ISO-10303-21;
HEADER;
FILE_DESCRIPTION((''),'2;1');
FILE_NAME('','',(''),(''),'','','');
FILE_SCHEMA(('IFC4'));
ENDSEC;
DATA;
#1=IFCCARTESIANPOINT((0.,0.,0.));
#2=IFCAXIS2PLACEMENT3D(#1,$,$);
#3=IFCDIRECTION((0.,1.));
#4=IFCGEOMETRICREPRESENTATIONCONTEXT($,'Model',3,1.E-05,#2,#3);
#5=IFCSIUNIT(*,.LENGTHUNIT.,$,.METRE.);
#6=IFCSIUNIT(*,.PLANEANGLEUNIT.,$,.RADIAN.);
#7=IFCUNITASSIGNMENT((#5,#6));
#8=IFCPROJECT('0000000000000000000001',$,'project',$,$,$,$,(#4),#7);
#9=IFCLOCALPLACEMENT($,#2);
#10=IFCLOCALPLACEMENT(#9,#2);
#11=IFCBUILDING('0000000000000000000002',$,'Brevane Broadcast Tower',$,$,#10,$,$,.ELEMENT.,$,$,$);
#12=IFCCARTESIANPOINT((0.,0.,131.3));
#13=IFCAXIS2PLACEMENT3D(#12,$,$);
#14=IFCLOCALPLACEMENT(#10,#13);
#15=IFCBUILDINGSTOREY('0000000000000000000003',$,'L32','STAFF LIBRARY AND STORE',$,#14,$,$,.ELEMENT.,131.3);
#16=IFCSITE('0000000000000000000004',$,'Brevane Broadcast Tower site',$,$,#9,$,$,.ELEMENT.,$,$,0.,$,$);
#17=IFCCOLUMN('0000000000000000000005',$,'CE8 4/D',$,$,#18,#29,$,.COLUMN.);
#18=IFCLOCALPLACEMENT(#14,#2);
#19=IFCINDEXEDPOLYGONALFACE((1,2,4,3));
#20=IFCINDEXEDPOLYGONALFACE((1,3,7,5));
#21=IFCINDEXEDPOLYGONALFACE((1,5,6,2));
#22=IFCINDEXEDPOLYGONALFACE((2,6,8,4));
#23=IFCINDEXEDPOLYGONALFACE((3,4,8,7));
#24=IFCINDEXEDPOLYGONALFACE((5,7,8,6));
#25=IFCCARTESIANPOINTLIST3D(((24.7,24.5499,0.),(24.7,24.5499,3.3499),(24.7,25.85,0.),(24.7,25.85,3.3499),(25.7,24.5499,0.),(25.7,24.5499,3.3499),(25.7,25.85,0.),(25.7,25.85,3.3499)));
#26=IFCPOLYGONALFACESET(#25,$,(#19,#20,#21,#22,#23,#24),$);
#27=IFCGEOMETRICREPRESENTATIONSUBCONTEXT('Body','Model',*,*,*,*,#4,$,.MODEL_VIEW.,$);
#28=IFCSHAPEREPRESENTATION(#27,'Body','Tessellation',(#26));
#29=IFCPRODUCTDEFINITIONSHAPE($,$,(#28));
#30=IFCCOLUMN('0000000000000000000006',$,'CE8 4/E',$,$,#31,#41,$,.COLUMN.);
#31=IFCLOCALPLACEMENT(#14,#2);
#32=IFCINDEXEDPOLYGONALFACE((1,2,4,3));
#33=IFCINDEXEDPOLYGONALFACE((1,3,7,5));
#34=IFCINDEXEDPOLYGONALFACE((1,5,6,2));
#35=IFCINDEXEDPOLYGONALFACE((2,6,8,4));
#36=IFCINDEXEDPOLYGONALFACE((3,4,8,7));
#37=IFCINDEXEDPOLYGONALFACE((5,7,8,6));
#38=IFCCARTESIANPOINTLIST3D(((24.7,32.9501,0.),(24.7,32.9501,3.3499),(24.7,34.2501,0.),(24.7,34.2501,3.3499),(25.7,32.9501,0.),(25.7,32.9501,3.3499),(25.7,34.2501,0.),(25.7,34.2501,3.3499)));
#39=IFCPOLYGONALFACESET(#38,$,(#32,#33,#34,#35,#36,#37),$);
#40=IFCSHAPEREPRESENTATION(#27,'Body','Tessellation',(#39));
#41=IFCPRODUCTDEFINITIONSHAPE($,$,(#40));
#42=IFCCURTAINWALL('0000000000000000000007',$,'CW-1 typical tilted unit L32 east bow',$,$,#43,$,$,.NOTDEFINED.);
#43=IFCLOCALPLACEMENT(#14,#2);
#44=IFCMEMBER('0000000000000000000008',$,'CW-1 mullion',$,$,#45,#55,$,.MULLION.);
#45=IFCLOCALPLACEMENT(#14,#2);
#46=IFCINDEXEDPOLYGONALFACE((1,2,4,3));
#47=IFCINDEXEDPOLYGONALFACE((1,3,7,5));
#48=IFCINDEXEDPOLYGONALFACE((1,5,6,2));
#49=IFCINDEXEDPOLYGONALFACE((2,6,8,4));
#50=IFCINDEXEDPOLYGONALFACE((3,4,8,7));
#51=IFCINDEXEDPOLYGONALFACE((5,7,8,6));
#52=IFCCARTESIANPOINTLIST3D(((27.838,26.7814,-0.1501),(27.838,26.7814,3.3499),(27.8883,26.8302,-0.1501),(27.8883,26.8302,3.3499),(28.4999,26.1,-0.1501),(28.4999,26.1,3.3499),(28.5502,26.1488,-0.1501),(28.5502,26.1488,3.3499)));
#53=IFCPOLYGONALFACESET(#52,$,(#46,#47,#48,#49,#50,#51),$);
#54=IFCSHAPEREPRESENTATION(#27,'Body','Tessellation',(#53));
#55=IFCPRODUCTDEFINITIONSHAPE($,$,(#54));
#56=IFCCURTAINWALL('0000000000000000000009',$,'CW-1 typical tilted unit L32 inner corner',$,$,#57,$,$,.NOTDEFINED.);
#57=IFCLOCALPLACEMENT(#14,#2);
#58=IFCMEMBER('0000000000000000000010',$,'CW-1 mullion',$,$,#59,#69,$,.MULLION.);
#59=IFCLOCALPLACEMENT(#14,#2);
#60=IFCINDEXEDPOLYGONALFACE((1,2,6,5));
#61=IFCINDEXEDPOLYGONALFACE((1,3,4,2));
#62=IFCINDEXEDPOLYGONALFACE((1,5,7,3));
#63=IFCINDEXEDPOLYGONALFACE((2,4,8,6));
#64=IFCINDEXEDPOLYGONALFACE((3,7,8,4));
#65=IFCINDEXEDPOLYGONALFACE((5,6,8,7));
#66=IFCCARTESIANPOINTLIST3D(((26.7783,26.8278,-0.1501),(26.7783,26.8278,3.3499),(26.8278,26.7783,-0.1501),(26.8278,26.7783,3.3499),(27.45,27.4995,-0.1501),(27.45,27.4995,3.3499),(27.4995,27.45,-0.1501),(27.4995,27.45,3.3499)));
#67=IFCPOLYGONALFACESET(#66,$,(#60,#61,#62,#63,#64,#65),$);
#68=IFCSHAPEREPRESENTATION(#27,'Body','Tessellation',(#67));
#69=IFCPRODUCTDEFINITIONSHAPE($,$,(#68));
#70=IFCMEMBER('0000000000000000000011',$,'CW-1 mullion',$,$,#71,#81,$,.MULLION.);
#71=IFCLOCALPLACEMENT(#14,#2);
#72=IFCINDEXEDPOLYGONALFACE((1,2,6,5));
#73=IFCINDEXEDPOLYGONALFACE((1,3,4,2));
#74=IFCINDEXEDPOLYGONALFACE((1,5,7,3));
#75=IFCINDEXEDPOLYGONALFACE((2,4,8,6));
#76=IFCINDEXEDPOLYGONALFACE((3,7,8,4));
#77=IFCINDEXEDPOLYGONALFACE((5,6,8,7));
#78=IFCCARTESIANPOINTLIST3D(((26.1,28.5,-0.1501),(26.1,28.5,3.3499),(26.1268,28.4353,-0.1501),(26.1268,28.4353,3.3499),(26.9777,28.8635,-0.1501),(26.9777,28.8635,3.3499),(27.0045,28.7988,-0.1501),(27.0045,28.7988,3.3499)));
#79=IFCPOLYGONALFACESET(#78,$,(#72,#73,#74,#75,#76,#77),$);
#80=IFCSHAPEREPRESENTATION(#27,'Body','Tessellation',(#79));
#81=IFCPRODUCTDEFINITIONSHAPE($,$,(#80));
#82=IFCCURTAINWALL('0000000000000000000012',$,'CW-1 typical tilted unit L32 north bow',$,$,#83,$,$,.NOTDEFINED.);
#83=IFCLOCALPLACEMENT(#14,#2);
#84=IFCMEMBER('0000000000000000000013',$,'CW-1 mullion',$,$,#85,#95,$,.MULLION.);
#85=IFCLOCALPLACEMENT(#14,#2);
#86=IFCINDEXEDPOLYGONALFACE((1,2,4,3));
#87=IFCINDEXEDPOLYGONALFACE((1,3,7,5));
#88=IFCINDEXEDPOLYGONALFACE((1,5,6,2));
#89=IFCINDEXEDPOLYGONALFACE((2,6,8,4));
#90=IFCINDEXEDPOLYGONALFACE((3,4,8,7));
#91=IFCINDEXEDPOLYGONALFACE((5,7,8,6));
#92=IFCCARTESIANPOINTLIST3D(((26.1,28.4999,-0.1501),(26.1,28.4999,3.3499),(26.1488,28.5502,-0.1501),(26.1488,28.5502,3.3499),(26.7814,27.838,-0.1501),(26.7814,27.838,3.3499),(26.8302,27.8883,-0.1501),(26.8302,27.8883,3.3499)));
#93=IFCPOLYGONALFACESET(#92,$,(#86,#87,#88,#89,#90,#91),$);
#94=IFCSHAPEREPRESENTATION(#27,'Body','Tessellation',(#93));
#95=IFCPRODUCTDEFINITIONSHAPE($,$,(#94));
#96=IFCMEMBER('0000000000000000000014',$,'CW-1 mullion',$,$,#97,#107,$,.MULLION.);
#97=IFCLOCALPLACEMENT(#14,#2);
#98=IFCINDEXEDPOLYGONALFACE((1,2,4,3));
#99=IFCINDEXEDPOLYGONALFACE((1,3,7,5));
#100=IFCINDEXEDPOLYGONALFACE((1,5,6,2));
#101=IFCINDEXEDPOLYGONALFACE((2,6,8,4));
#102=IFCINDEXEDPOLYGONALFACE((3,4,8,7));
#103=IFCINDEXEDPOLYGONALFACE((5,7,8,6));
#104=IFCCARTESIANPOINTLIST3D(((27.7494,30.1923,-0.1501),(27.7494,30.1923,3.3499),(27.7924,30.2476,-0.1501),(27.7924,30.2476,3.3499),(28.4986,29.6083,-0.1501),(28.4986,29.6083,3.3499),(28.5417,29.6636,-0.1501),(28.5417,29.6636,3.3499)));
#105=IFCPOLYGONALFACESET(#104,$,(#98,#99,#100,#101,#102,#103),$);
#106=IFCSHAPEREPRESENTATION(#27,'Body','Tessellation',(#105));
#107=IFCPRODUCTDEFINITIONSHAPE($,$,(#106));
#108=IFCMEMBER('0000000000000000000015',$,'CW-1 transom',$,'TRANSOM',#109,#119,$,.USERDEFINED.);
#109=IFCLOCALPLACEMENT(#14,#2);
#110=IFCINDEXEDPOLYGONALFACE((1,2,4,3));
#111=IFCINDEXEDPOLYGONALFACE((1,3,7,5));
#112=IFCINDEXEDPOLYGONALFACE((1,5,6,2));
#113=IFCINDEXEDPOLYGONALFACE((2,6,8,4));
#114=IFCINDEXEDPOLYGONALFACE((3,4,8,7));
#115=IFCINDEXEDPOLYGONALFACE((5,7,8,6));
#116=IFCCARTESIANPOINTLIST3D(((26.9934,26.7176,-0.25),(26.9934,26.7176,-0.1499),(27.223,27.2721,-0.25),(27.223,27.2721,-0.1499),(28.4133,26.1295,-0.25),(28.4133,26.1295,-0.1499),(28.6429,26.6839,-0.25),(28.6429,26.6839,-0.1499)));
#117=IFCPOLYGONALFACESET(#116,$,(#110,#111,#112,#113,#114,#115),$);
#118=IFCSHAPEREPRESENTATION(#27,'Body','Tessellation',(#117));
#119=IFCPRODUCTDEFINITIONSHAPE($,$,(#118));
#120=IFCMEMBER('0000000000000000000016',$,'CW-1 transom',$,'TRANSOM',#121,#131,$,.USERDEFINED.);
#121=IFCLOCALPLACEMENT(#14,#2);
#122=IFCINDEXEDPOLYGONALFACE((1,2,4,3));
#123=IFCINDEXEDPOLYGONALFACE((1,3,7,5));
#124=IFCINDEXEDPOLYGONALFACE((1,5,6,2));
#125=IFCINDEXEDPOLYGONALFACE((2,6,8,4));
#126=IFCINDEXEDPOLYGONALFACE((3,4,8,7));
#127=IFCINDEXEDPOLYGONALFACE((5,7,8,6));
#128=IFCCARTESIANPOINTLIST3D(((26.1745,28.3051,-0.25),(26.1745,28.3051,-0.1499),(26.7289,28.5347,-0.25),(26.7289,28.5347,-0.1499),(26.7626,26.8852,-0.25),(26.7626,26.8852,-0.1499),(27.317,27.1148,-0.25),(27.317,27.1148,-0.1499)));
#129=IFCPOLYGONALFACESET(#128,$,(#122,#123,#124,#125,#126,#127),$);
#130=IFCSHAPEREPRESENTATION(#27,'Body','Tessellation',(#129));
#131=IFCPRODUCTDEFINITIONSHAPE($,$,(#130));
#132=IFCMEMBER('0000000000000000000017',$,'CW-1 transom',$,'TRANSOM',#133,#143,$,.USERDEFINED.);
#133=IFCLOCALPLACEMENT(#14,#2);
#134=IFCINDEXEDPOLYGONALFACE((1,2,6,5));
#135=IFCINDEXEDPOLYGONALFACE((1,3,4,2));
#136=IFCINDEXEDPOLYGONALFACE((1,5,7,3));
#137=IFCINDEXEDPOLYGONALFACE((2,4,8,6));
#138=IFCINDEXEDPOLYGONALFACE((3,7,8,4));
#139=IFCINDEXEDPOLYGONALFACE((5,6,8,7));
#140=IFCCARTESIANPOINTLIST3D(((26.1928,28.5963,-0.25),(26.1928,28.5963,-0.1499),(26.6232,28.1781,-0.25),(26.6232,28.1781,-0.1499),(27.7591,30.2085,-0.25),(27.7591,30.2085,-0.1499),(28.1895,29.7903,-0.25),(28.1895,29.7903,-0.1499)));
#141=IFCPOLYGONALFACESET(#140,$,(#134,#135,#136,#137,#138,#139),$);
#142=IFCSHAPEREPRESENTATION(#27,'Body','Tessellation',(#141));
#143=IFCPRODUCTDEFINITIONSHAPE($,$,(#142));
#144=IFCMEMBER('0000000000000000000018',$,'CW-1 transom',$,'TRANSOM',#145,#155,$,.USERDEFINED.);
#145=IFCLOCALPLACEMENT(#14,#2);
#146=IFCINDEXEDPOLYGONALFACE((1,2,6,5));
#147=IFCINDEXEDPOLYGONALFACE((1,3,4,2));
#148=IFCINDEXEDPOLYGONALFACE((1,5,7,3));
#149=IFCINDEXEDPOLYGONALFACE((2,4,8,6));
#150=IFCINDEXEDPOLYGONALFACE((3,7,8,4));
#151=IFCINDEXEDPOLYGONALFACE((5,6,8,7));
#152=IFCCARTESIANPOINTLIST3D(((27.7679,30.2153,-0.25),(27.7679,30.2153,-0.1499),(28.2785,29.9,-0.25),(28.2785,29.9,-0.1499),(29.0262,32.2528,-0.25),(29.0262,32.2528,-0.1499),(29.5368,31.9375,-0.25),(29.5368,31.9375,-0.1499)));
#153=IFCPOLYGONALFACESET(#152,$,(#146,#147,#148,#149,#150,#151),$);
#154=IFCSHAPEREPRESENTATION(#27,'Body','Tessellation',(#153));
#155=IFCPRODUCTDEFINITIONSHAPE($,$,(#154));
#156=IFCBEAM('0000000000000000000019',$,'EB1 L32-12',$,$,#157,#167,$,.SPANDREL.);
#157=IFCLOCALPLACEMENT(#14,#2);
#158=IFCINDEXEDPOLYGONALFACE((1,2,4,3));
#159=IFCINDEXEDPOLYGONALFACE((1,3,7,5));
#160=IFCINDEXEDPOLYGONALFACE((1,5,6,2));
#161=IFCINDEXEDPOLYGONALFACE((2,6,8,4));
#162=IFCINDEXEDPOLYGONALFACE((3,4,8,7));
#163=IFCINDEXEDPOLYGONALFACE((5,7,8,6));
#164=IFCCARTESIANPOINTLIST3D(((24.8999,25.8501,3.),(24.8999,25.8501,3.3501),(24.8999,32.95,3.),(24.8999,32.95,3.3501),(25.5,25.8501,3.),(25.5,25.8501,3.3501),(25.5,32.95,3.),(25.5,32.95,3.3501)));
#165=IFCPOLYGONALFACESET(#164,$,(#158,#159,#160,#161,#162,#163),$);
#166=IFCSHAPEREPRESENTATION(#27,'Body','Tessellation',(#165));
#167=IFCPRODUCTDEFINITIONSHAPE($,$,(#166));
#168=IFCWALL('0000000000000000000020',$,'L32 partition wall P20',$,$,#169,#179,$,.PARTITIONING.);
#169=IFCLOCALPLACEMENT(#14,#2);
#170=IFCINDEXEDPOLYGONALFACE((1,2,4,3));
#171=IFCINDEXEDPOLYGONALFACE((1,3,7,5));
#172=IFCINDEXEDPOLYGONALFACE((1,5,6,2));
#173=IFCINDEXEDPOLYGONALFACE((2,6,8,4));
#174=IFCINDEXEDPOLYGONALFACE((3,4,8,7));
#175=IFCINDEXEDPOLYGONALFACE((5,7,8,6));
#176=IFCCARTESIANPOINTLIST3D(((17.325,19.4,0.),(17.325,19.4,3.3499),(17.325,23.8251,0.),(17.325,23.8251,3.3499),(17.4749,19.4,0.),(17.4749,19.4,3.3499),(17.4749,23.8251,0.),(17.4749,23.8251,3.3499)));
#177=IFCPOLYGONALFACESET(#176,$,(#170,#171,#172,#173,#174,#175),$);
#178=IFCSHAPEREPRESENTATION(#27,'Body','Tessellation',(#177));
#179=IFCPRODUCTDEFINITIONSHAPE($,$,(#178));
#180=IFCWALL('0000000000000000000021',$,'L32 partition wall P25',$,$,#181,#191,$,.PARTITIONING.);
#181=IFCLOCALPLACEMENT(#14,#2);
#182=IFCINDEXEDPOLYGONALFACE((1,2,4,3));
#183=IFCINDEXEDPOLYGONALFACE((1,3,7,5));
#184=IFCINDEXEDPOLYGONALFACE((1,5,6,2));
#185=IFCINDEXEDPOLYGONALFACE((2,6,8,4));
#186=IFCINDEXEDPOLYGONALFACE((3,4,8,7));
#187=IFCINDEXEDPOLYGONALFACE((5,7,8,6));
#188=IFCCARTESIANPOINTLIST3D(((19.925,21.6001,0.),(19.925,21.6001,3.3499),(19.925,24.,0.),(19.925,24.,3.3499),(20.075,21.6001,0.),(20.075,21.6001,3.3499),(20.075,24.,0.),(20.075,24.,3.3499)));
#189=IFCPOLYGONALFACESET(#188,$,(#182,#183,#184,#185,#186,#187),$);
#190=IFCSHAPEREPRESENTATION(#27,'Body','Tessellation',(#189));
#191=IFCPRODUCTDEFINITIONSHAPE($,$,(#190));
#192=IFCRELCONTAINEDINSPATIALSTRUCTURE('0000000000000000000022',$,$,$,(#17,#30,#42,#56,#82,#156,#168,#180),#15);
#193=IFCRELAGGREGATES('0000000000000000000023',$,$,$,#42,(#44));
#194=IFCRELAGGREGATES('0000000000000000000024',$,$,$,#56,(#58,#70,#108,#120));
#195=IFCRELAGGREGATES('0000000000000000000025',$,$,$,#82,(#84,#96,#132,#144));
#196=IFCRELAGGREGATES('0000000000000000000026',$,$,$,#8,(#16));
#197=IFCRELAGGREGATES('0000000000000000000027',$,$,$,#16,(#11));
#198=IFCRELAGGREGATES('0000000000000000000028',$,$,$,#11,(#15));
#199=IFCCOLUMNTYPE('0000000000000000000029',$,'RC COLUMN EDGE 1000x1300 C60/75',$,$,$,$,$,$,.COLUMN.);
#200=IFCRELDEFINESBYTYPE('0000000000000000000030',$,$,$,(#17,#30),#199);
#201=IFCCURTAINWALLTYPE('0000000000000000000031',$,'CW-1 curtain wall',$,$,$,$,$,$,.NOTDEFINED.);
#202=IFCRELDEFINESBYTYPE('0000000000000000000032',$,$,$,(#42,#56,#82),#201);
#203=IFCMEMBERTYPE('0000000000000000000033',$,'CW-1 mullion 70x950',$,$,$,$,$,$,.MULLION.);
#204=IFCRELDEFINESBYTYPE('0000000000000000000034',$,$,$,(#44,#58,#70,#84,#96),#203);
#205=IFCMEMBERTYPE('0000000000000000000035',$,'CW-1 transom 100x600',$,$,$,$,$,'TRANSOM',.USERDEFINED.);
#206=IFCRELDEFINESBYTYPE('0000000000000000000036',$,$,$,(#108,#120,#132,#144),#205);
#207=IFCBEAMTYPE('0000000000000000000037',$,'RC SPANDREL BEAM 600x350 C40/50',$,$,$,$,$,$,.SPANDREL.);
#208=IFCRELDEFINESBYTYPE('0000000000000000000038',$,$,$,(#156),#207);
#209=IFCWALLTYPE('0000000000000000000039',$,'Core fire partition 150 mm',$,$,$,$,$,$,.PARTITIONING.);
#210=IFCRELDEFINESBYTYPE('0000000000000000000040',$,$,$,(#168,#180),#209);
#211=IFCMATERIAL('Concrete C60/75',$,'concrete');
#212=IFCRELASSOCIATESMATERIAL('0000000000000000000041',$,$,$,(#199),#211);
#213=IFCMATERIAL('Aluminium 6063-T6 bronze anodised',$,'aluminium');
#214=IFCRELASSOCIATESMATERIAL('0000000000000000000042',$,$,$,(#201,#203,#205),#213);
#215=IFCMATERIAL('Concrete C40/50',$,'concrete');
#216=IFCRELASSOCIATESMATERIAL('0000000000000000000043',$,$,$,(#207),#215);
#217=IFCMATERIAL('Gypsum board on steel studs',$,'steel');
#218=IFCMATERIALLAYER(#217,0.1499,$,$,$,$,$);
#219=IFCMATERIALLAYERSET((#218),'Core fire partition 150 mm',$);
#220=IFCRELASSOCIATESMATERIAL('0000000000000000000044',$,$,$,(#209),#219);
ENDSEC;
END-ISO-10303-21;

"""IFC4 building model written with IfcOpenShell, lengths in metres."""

from ifc_helpers import new_model, si_unit, direction, frame, frame_2d, origin, origin_2d, place, context, subcontext, project, spatial, rectangle, extrude, material, layer, layer_set, material_profile, profile_set, type_object, element, aggregate, save


model = new_model("IFC4")

# Units and contexts
model_context = context("Model", 3, precision=1e-05, world=origin(), true_north=direction((0.0, 1.0)))
body_context = subcontext(model_context, "Body", "Model", "MODEL_VIEW")
ifc_project = project(units=[si_unit("LENGTHUNIT", "METRE"), si_unit("PLANEANGLEUNIT", "RADIAN")], contexts=[model_context])

# Site, building, storey
site_placement = place(None, origin())
site = spatial("IfcSite", under=ifc_project, at=site_placement, Name="Brevane Broadcast Tower site", CompositionType="ELEMENT", RefElevation=0.0)
building_placement = place(site_placement, origin())
building = spatial("IfcBuilding", under=site, at=building_placement, Name="Brevane Broadcast Tower", CompositionType="ELEMENT")
storey_placement = place(building_placement, frame((0.0, 0.0, 131.3)))
storey = spatial("IfcBuildingStorey", under=building, at=storey_placement, Name="L32", Description="STAFF LIBRARY AND STORE", CompositionType="ELEMENT", Elevation=131.3)

# Columns
ifc_material_1 = material(Name="Concrete C60/75", Category="concrete")
ifc_material_profile_1 = material_profile(ifc_material_1, rectangle(XDim=1.0, YDim=1.3, at=origin_2d()), Name="RC 1000x1300")
ifc_profile_set_1 = profile_set([ifc_material_profile_1], Name="Concrete C60/75")
column_type = type_object("IfcColumnType", Name="RC COLUMN EDGE 1000x1300 C60/75", PredefinedType="COLUMN", material=ifc_profile_set_1)
for number, where, z_axis, x_axis, name in (
    (1, (25.2, 25.2, 0.0), (0.0, 0.0, 1.0), (1.0, 0.0, 0.0), "CE8 4/D"),
    (2, (25.2, 33.6001, 0.0), (0.0, 0.0, 1.0), (1.0, 0.0, 0.0), "CE8 4/E"),
):
    element("IfcColumn", number, at=place(storey_placement, frame(where, z_axis=z_axis, x_axis=x_axis)), inside=storey, type_object=column_type, Name=name, PredefinedType="COLUMN", context=body_context, shape_type="SweptSolid", body=[
        extrude(rectangle(XDim=1.0, YDim=1.3, at=origin_2d()), origin(), (0.0, 0.0, 1.0), 3.3499),
    ])

# Curtain wall, member
ifc_material_2 = material(Name="Aluminium 6063-T6 bronze anodised", Category="aluminium")
curtain_wall_type = type_object("IfcCurtainWallType", Name="CW-1 curtain wall", PredefinedType="NOTDEFINED", material=ifc_material_2)
curtain_wall_1_placement = place(storey_placement, origin())
curtain_wall_1 = element("IfcCurtainWall", 3, at=curtain_wall_1_placement, inside=storey, type_object=curtain_wall_type, Name="CW-1 typical tilted unit L32 east bow", PredefinedType="NOTDEFINED")
ifc_material_profile_2 = material_profile(ifc_material_2, rectangle(XDim=0.95, YDim=0.0701, at=origin_2d()), Name="RECT 70x950")
ifc_profile_set_2 = profile_set([ifc_material_profile_2], Name="Aluminium 6063-T6 bronze anodised")
member_type_1 = type_object("IfcMemberType", Name="CW-1 mullion 70x950", PredefinedType="MULLION", material=ifc_profile_set_2)
member_1_placement = place(storey_placement, frame((28.1941, 26.4651, -0.1501), z_axis=(0.0, 0.0, 1.0), x_axis=(0.696812, -0.717254, 0.0)))
member_1 = element("IfcMember", 4, at=member_1_placement, type_object=member_type_1, Name="CW-1 mullion", PredefinedType="MULLION", context=body_context, shape_type="SweptSolid", body=[
    extrude(rectangle(XDim=0.95, YDim=0.0701, at=origin_2d()), origin(), (0.0, 0.0, 1.0), 3.5),
])
aggregate(curtain_wall_1, [member_1])

# Curtain walls, members
curtain_wall_2_placement = place(storey_placement, origin())
curtain_wall_2 = element("IfcCurtainWall", 5, at=curtain_wall_2_placement, inside=storey, type_object=curtain_wall_type, Name="CW-1 typical tilted unit L32 inner corner", PredefinedType="NOTDEFINED")
member_2_placement = place(storey_placement, frame((27.1389, 27.1389, -0.1501), z_axis=(0.0, 0.0, 1.0), x_axis=(-0.707107, -0.707107, 0.0)))
member_2 = element("IfcMember", 6, at=member_2_placement, type_object=member_type_1, Name="CW-1 mullion", PredefinedType="MULLION", context=body_context, shape_type="SweptSolid", body=[
    extrude(rectangle(XDim=0.95, YDim=0.0701, at=origin_2d()), origin(), (0.0, 0.0, 1.0), 3.5),
])
member_3_placement = place(storey_placement, frame((26.5522, 28.6494, -0.1501), z_axis=(0.0, 0.0, 1.0), x_axis=(-0.923879, -0.382684, 0.0)))
member_3 = element("IfcMember", 7, at=member_3_placement, type_object=member_type_1, Name="CW-1 mullion", PredefinedType="MULLION", context=body_context, shape_type="SweptSolid", body=[
    extrude(rectangle(XDim=0.95, YDim=0.0701, at=origin_2d()), origin(), (0.0, 0.0, 1.0), 3.5),
])
curtain_wall_3_placement = place(storey_placement, origin())
curtain_wall_3 = element("IfcCurtainWall", 8, at=curtain_wall_3_placement, inside=storey, type_object=curtain_wall_type, Name="CW-1 typical tilted unit L32 north bow", PredefinedType="NOTDEFINED")
member_4_placement = place(storey_placement, frame((26.4651, 28.1941, -0.1501), z_axis=(0.0, 0.0, 1.0), x_axis=(-0.717254, 0.696812, 0.0)))
member_4 = element("IfcMember", 9, at=member_4_placement, type_object=member_type_1, Name="CW-1 mullion", PredefinedType="MULLION", context=body_context, shape_type="SweptSolid", body=[
    extrude(rectangle(XDim=0.95, YDim=0.0701, at=origin_2d()), origin(), (0.0, 0.0, 1.0), 3.5),
])
member_5_placement = place(storey_placement, frame((28.1455, 29.928, -0.1501), z_axis=(0.0, 0.0, 1.0), x_axis=(-0.788707, 0.61477, 0.0)))
member_5 = element("IfcMember", 10, at=member_5_placement, type_object=member_type_1, Name="CW-1 mullion", PredefinedType="MULLION", context=body_context, shape_type="SweptSolid", body=[
    extrude(rectangle(XDim=0.95, YDim=0.0701, at=origin_2d()), origin(), (0.0, 0.0, 1.0), 3.5),
])

# Members
ifc_material_profile_3 = material_profile(ifc_material_2, rectangle(XDim=0.6001, YDim=0.1001, at=origin_2d()), Name="RECT 100x600")
ifc_profile_set_3 = profile_set([ifc_material_profile_3], Name="Aluminium 6063-T6 bronze anodised")
member_type_2 = type_object("IfcMemberType", Name="CW-1 transom 100x600", ElementType="TRANSOM", PredefinedType="USERDEFINED", material=ifc_profile_set_3)
member_6_placement = place(storey_placement, frame((28.5281, 26.4067, -0.2), z_axis=(-0.923883, 0.382674, 0.0), x_axis=(-0.382674, -0.923883, 0.0)))
member_6 = element("IfcMember", 11, at=member_6_placement, type_object=member_type_2, Name="CW-1 transom", ObjectType="TRANSOM", PredefinedType="USERDEFINED", context=body_context, shape_type="SweptSolid", body=[
    extrude(rectangle(XDim=0.6001, YDim=0.1001, at=origin_2d()), origin(), (0.0, 0.0, 1.0), 1.5369),
])
member_7_placement = place(storey_placement, frame((27.0398, 27.0, -0.2), z_axis=(-0.382674, 0.923883, 0.0), x_axis=(-0.923883, -0.382674, 0.0)))
member_7 = element("IfcMember", 12, at=member_7_placement, type_object=member_type_2, Name="CW-1 transom", ObjectType="TRANSOM", PredefinedType="USERDEFINED", context=body_context, shape_type="SweptSolid", body=[
    extrude(rectangle(XDim=0.6001, YDim=0.1001, at=origin_2d()), origin(), (0.0, 0.0, 1.0), 1.5369),
])
aggregate(curtain_wall_2, [member_2, member_3, member_6, member_7])
member_8_placement = place(storey_placement, frame((26.408, 28.3872, -0.2), z_axis=(0.696824, 0.717242, 0.0), x_axis=(-0.717242, 0.696824, 0.0)))
member_8 = element("IfcMember", 13, at=member_8_placement, type_object=member_type_2, Name="CW-1 transom", ObjectType="TRANSOM", PredefinedType="USERDEFINED", context=body_context, shape_type="SweptSolid", body=[
    extrude(rectangle(XDim=0.6001, YDim=0.1001, at=origin_2d()), origin(), (0.0, 0.0, 1.0), 2.2478),
])
member_9_placement = place(storey_placement, frame((28.0232, 30.0576, -0.2), z_axis=(0.525428, 0.850838, 0.0), x_axis=(-0.850838, 0.525428, 0.0)))
member_9 = element("IfcMember", 14, at=member_9_placement, type_object=member_type_2, Name="CW-1 transom", ObjectType="TRANSOM", PredefinedType="USERDEFINED", context=body_context, shape_type="SweptSolid", body=[
    extrude(rectangle(XDim=0.6001, YDim=0.1001, at=origin_2d()), origin(), (0.0, 0.0, 1.0), 2.3948),
])
aggregate(curtain_wall_3, [member_4, member_5, member_8, member_9])

# Beam
ifc_material_3 = material(Name="Concrete C40/50", Category="concrete")
ifc_material_profile_4 = material_profile(ifc_material_3, rectangle(XDim=0.6001, YDim=0.3501, at=origin_2d()), Name="RC 600x350")
ifc_profile_set_4 = profile_set([ifc_material_profile_4], Name="Concrete C40/50")
beam_type = type_object("IfcBeamType", Name="RC SPANDREL BEAM 600x350 C40/50", PredefinedType="SPANDREL", material=ifc_profile_set_4)
beam_placement = place(storey_placement, frame((25.2, 25.8501, 3.175), z_axis=(0.0, 1.0, 0.0), x_axis=(-1.0, 0.0, 0.0)))
element("IfcBeam", 15, at=beam_placement, inside=storey, type_object=beam_type, Name="EB1 L32-12", PredefinedType="SPANDREL", context=body_context, shape_type="SweptSolid", body=[
    extrude(rectangle(XDim=0.6001, YDim=0.3501, at=origin_2d()), origin(), (0.0, 0.0, 1.0), 7.0999),
])

# Walls
ifc_material_4 = material(Name="Gypsum board on steel studs", Category="steel")
ifc_layer_1 = layer(ifc_material_4, 0.1499)
ifc_layer_set_1 = layer_set([ifc_layer_1], Name="Core fire partition 150 mm")
wall_type_1 = type_object("IfcWallType", Name="Core fire partition 150 mm", PredefinedType="PARTITIONING", material=ifc_layer_set_1)
wall_1_placement = place(storey_placement, frame((17.3999, 23.825, 0.0), z_axis=(0.0, 0.0, 1.0), x_axis=(0.0, -1.0, 0.0)))
element("IfcWall", 16, at=wall_1_placement, inside=storey, type_object=wall_type_1, Name="L32 partition wall P20", PredefinedType="PARTITIONING", context=body_context, shape_type="SweptSolid", body=[
    extrude(rectangle(XDim=4.425, YDim=0.1499, at=frame_2d((2.2124, 0.0))), origin(), (0.0, 0.0, 1.0), 3.3499),
])
wall_2_placement = place(storey_placement, frame((20.0, 21.6001, 0.0), z_axis=(0.0, 0.0, 1.0), x_axis=(0.0, 1.0, 0.0)))
element("IfcWall", 17, at=wall_2_placement, inside=storey, type_object=wall_type_1, Name="L32 partition wall P25", PredefinedType="PARTITIONING", context=body_context, shape_type="SweptSolid", body=[
    extrude(rectangle(XDim=2.3999, YDim=0.1499, at=frame_2d((1.2, 0.0))), origin(), (0.0, 0.0, 1.0), 3.3499),
])

save(model, "model.ifc")
